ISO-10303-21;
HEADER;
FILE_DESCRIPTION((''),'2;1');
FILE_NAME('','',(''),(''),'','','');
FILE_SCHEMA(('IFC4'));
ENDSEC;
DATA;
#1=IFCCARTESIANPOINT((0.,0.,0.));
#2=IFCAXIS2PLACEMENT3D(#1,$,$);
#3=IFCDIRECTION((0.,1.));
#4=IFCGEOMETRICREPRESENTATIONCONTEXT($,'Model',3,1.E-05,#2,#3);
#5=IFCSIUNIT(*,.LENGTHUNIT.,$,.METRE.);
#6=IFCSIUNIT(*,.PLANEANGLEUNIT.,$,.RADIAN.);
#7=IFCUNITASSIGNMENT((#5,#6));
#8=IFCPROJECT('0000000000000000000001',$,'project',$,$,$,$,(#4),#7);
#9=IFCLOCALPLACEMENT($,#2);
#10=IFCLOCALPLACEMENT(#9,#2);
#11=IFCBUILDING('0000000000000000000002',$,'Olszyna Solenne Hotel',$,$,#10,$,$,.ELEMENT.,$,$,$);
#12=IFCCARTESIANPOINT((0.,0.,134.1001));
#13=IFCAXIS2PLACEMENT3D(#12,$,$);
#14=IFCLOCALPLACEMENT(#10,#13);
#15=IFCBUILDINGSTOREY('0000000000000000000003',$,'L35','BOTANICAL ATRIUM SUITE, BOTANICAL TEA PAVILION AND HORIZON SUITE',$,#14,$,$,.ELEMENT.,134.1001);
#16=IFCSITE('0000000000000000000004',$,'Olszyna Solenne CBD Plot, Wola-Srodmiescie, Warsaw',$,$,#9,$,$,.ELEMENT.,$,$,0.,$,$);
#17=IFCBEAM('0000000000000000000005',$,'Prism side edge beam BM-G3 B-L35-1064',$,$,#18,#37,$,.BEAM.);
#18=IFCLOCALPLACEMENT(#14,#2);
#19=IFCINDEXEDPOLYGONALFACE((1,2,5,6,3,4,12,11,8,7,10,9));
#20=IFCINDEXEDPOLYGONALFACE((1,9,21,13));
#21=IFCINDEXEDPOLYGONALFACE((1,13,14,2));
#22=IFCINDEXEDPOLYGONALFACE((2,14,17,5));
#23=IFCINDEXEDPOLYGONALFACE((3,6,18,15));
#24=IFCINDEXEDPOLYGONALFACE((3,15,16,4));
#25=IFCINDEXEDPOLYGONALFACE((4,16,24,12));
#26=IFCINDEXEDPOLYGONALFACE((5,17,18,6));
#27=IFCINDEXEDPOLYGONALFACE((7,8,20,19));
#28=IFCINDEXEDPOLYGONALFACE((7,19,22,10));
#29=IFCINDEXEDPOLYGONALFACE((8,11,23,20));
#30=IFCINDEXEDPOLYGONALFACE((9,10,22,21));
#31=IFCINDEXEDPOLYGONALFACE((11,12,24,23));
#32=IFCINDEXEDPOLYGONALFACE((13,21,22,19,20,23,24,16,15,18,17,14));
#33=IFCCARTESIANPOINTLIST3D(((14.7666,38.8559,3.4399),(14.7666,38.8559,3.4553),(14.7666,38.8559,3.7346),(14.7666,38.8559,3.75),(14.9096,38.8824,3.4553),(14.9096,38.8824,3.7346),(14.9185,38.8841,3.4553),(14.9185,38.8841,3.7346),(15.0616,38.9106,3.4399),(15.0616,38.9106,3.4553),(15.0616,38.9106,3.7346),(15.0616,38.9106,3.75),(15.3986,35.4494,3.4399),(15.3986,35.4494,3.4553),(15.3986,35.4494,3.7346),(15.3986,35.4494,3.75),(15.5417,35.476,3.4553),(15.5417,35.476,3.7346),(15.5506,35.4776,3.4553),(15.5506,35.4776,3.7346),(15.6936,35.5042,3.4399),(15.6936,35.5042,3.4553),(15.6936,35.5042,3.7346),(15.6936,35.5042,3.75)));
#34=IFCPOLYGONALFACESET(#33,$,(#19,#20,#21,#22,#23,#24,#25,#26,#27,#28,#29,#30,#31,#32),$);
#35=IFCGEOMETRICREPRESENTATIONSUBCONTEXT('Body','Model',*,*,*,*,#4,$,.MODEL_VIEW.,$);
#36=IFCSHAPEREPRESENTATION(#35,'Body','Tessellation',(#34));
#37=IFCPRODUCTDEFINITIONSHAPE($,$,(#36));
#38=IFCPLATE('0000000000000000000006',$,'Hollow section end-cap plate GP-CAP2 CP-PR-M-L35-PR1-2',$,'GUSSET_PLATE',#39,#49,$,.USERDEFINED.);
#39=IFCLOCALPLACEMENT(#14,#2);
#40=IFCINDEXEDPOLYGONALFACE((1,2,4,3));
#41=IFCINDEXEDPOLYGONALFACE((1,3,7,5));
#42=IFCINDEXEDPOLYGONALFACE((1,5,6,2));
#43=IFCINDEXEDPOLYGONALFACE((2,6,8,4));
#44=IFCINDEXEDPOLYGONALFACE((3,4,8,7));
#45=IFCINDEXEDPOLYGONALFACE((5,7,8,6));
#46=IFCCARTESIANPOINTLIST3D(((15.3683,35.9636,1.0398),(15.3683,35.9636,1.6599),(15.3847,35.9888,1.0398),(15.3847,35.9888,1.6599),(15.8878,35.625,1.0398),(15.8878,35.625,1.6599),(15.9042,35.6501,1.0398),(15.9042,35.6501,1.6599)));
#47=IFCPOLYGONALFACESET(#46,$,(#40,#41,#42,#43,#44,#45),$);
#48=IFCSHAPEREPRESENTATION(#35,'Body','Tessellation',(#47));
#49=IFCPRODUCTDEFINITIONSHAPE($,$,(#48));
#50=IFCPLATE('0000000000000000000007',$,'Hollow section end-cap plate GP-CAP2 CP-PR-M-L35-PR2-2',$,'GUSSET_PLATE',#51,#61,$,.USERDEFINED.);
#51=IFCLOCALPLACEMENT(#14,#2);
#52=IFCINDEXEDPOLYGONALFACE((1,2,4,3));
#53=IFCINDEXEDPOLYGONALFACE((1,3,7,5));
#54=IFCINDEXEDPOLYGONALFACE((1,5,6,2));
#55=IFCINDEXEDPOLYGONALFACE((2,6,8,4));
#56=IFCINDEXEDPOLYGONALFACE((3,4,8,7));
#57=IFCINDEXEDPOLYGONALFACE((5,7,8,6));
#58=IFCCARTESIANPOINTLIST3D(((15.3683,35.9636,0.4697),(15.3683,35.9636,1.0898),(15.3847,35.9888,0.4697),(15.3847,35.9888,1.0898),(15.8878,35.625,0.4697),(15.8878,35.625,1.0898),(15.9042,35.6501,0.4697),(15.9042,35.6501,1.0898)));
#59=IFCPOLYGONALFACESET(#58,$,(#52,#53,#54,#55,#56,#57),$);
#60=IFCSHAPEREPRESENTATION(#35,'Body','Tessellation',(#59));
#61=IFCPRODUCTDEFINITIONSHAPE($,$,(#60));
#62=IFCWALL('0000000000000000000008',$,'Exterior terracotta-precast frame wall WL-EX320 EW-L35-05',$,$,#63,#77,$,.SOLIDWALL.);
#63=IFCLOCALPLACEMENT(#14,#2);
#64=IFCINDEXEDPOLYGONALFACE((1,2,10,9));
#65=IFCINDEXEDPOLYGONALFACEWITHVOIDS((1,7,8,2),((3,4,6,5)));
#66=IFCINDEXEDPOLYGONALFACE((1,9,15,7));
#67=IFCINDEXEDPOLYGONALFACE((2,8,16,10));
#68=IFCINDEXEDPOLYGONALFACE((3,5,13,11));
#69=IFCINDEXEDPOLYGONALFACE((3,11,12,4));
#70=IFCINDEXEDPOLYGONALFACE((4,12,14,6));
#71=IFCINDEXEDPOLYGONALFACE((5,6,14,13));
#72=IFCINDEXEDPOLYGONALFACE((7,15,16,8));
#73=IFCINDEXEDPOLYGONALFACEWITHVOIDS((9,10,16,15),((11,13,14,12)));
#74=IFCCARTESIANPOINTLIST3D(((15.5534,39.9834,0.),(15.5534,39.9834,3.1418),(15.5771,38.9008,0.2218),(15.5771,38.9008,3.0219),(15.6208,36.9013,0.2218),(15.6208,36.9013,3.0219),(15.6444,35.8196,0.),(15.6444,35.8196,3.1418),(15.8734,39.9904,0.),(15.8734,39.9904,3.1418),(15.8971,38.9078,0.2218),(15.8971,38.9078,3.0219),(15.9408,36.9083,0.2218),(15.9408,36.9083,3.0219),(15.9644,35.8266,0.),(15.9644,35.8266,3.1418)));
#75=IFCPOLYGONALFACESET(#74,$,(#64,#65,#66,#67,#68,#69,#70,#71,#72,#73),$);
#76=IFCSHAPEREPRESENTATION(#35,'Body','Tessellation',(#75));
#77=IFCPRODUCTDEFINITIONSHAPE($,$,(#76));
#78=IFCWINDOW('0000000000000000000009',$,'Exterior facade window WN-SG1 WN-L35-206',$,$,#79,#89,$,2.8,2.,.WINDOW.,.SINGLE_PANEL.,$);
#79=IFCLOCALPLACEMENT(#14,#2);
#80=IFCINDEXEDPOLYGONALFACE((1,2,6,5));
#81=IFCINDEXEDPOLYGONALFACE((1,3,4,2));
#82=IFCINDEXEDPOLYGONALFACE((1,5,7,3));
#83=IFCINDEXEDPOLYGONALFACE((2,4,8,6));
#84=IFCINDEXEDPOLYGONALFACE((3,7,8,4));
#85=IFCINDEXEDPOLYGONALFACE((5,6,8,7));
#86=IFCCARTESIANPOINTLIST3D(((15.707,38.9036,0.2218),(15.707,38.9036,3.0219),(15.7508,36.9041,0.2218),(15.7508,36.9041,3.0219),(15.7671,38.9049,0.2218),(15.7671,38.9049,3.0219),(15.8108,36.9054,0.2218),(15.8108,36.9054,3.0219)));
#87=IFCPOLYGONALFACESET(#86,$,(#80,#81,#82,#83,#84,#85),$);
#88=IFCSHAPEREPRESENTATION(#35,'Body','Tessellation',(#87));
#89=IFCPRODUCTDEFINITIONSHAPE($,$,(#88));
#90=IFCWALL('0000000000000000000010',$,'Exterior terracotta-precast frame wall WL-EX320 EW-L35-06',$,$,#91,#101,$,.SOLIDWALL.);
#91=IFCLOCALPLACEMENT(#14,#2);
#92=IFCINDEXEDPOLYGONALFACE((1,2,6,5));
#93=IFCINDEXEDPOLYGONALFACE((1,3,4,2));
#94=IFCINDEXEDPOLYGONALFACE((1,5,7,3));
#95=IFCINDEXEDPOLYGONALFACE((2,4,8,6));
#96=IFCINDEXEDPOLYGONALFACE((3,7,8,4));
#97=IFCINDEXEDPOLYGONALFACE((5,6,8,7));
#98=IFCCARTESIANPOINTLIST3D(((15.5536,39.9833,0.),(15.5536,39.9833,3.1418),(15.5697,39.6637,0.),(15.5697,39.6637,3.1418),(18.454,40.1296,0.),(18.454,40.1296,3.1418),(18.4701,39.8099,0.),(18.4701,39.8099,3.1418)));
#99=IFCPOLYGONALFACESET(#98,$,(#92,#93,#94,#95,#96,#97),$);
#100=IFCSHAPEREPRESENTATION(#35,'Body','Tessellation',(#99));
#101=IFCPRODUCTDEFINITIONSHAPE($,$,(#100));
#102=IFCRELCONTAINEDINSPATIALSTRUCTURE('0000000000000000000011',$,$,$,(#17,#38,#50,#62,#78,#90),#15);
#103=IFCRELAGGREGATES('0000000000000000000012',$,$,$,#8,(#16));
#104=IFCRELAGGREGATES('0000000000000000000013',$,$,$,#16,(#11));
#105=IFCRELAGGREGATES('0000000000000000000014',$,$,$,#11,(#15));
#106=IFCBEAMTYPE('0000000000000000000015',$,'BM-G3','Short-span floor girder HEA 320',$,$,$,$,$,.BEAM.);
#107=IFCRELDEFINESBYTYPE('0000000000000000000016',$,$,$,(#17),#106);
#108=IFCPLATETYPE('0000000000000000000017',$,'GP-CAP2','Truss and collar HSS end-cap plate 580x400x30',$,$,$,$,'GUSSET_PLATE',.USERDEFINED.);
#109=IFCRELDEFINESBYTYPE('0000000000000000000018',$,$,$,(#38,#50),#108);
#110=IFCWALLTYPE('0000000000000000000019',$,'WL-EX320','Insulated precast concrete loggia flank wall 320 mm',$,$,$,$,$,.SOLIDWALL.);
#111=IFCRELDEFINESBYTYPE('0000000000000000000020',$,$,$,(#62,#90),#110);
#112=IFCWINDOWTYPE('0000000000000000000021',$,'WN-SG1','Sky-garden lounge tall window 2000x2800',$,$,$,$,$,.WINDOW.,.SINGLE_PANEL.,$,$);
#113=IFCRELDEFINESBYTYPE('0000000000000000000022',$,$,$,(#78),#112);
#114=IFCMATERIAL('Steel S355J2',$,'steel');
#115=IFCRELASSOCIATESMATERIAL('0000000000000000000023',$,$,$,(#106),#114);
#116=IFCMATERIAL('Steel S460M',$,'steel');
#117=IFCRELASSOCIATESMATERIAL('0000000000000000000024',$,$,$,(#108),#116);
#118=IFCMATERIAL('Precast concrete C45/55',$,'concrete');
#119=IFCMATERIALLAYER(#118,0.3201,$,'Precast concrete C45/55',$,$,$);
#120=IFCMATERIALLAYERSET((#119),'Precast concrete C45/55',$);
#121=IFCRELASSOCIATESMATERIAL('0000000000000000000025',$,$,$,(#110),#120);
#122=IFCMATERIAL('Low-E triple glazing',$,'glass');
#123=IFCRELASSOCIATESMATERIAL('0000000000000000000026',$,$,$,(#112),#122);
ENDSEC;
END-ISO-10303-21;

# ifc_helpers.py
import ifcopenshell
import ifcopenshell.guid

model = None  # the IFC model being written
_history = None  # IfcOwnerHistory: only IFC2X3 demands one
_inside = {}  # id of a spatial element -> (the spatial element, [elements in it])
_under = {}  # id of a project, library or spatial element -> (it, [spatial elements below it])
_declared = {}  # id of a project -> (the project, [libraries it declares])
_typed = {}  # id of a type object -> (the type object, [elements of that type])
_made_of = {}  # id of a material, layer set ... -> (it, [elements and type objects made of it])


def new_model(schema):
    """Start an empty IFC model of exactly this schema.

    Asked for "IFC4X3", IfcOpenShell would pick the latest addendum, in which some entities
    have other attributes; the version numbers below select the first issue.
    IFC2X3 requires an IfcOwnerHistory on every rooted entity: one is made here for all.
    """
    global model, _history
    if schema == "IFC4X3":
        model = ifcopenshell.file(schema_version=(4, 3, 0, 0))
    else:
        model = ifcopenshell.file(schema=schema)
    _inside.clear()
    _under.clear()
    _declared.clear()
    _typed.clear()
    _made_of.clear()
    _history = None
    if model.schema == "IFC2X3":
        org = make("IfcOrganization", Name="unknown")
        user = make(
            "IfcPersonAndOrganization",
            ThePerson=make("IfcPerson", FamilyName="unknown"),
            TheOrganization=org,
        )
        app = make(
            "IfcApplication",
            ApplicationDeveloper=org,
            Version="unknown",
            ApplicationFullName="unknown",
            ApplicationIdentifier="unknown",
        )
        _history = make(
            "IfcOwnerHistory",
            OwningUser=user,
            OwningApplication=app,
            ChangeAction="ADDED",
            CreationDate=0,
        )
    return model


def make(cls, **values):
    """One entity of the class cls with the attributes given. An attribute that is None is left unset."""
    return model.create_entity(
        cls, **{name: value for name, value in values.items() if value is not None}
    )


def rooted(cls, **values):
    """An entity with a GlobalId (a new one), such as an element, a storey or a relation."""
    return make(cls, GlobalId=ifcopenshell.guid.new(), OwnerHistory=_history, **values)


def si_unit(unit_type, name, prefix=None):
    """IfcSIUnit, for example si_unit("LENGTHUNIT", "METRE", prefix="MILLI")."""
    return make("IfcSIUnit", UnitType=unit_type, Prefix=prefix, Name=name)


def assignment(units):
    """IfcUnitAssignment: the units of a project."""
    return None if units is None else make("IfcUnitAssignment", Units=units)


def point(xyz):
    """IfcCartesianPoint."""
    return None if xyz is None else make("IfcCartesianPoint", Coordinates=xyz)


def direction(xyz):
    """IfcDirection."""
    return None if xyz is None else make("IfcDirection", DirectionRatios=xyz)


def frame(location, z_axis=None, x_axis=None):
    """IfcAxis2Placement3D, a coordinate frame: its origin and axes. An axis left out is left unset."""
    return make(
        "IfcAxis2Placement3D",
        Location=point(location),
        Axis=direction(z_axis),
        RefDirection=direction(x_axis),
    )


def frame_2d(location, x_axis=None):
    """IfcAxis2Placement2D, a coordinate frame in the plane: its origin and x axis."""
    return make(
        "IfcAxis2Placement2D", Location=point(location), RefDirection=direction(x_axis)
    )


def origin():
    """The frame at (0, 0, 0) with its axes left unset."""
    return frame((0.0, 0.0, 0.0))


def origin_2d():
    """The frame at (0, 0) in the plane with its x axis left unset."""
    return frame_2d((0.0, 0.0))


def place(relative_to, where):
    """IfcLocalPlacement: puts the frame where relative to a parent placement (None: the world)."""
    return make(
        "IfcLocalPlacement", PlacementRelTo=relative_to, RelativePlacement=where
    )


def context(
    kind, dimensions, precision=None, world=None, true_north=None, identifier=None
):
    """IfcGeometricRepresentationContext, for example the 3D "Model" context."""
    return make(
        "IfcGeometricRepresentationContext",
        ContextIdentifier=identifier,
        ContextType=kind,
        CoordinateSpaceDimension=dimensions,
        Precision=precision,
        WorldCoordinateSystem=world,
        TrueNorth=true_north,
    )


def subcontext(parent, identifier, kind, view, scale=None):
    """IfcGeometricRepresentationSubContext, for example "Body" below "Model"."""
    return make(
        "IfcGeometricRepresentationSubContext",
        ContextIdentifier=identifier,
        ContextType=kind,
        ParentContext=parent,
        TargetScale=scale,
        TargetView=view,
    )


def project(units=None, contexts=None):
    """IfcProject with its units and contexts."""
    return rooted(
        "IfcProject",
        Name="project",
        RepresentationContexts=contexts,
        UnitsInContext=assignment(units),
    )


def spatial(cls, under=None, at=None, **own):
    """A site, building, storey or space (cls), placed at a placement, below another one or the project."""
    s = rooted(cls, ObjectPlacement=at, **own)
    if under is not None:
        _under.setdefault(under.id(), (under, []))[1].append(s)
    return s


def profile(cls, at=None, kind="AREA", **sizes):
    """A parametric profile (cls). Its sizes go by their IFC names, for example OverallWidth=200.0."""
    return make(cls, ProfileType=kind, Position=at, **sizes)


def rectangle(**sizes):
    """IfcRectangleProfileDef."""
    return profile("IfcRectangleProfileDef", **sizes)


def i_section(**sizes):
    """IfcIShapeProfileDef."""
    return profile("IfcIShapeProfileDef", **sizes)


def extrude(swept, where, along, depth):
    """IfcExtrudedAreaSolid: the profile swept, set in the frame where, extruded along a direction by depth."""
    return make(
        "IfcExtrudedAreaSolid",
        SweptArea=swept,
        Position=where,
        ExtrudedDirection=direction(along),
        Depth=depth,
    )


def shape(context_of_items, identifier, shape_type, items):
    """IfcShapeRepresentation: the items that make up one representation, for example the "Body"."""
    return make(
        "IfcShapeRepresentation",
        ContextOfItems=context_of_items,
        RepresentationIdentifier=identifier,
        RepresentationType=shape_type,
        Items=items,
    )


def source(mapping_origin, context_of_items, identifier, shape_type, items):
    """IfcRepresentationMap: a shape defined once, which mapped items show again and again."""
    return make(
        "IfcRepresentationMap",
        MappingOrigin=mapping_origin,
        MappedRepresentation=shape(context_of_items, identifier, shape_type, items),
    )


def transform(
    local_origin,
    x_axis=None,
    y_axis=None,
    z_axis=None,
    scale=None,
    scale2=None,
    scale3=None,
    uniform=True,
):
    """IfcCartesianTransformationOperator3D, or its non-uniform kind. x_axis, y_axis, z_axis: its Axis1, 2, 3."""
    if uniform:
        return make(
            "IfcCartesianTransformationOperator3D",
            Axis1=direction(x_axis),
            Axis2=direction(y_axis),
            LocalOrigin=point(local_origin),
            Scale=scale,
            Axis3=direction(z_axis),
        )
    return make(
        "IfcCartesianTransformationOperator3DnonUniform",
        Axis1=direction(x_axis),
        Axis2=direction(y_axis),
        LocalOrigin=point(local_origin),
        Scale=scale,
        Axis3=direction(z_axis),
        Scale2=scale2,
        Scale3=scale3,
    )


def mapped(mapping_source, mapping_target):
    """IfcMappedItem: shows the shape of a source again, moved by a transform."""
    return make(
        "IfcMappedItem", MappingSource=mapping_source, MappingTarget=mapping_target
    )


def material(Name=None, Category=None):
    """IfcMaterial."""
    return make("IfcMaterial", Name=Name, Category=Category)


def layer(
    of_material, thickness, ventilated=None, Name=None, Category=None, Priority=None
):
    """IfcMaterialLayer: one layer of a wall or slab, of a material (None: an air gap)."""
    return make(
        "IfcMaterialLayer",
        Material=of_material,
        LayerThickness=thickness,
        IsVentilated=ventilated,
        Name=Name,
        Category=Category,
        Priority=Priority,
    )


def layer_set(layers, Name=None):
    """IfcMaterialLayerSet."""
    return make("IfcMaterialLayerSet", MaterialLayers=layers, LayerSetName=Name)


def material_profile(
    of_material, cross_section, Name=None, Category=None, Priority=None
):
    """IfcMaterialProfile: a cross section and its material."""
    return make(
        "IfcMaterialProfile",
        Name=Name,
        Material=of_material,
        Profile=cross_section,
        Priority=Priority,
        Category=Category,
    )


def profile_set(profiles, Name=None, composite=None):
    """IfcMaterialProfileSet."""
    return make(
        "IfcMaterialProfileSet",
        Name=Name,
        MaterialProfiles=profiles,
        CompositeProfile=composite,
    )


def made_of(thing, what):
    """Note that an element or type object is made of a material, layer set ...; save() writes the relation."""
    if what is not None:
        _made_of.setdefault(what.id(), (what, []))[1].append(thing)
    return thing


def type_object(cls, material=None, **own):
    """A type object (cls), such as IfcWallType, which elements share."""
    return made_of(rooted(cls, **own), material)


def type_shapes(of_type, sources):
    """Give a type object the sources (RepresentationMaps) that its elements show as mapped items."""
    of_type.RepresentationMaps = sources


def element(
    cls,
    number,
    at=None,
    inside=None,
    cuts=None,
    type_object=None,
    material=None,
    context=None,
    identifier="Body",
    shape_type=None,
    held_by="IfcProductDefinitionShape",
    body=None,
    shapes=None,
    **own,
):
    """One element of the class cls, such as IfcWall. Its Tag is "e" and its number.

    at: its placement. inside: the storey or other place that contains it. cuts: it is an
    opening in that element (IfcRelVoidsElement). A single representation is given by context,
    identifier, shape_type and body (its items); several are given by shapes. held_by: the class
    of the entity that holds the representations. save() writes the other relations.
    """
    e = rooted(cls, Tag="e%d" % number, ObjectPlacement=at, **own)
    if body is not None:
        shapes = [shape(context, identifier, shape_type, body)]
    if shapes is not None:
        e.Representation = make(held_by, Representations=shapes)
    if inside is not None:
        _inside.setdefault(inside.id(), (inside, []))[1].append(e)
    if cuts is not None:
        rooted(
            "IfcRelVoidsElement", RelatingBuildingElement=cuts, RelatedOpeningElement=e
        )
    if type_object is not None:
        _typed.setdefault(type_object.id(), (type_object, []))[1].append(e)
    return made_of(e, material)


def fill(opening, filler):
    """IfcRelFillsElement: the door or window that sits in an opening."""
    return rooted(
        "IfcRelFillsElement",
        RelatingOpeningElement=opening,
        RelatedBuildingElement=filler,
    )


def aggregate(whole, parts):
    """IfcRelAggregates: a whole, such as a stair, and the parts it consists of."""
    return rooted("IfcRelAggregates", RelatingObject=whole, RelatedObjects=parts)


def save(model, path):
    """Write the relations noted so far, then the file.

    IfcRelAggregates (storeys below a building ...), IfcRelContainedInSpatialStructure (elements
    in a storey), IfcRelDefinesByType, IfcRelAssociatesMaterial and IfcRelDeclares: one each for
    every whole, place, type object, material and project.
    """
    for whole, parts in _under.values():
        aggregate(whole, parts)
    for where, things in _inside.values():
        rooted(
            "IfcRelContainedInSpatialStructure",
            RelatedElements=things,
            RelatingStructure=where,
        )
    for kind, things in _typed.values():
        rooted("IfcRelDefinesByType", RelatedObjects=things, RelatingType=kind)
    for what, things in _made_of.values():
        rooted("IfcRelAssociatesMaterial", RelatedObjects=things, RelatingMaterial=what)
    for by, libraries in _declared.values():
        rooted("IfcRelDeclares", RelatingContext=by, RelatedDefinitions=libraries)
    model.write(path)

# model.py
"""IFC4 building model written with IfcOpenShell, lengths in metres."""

from ifc_helpers import new_model, si_unit, direction, frame, frame_2d, origin, origin_2d, place, context, subcontext, project, spatial, rectangle, i_section, extrude, source, transform, mapped, material, layer, layer_set, material_profile, profile_set, type_object, type_shapes, element, fill, save


model = new_model("IFC4")

# Units and contexts
model_context = context("Model", 3, precision=1e-05, world=origin(), true_north=direction((0.0, 1.0)))
body_context = subcontext(model_context, "Body", "Model", "MODEL_VIEW")
ifc_project = project(units=[si_unit("LENGTHUNIT", "METRE"), si_unit("PLANEANGLEUNIT", "RADIAN")], contexts=[model_context])

# Site, building, storey
site_placement = place(None, origin())
site = spatial("IfcSite", under=ifc_project, at=site_placement, Name="Olszyna Solenne CBD Plot, Wola-Srodmiescie, Warsaw", CompositionType="ELEMENT", RefElevation=0.0)
building_placement = place(site_placement, origin())
building = spatial("IfcBuilding", under=site, at=building_placement, Name="Olszyna Solenne Hotel", CompositionType="ELEMENT")
storey_placement = place(building_placement, frame((0.0, 0.0, 134.1001)))
storey = spatial("IfcBuildingStorey", under=building, at=storey_placement, Name="L35", Description="BOTANICAL ATRIUM SUITE, BOTANICAL TEA PAVILION AND HORIZON SUITE", CompositionType="ELEMENT", Elevation=134.1001)

# Shared definitions
ifc_material_1 = material(Name="Steel S460M", Category="steel")

# Beam
ifc_material_2 = material(Name="Steel S355J2", Category="steel")
ifc_material_profile_1 = material_profile(ifc_material_2, i_section(OverallWidth=0.3, OverallDepth=0.3101, WebThickness=0.009, FlangeThickness=0.0154, at=origin_2d()), Name="HEA 320", Category="load-bearing")
ifc_profile_set_1 = profile_set([ifc_material_profile_1], Name="Steel S355J2")
beam_type_1 = type_object("IfcBeamType", Name="BM-G3", Description="Short-span floor girder HEA 320", PredefinedType="BEAM", material=ifc_profile_set_1)
shared_shape_1 = source(origin(), body_context, "Body", "SweptSolid", [
    extrude(i_section(OverallWidth=0.3, OverallDepth=0.3101, WebThickness=0.009, FlangeThickness=0.0154, at=origin_2d()), origin(), (0.0, 0.0, 1.0), 3.4646),
])
beam_1_placement = place(storey_placement, frame((15.5461, 35.4768, 3.595), z_axis=(-0.182437, 0.983217, 0.0), x_axis=(-0.983217, -0.182437, 0.0)))
element("IfcBeam", 1, at=beam_1_placement, inside=storey, type_object=beam_type_1, Name="Prism side edge beam BM-G3 B-L35-1064", PredefinedType="BEAM", context=body_context, shape_type="MappedRepresentation", body=[
    mapped(shared_shape_1, transform((0.0, 0.0, 0.0), x_axis=(1.0, 0.0, 0.0), y_axis=(0.0, 1.0, 0.0), z_axis=(0.0, 0.0, 1.0), scale=1.0)),
])

# Plates
plate_type = type_object("IfcPlateType", Name="GP-CAP2", Description="Truss and collar HSS end-cap plate 580x400x30", ElementType="GUSSET_PLATE", PredefinedType="USERDEFINED", material=ifc_material_1)
shared_shape_2 = source(origin(), body_context, "Body", "SweptSolid", [
    extrude(rectangle(XDim=0.03, YDim=0.6201, at=origin_2d()), origin(), (0.0, 0.0, 1.0), 0.6201),
])
for number, where, z_axis, x_axis, name in (
    (2, (15.6362, 35.8069, 1.0398), (0.0, 0.0, 1.0), (-0.546102, -0.837719, 0.0), "Hollow section end-cap plate GP-CAP2 CP-PR-M-L35-PR1-2"),
    (3, (15.6362, 35.8069, 0.4697), (0.0, 0.0, 1.0), (-0.546102, -0.837719, 0.0), "Hollow section end-cap plate GP-CAP2 CP-PR-M-L35-PR2-2"),
):
    element("IfcPlate", number, at=place(storey_placement, frame(where, z_axis=z_axis, x_axis=x_axis)), inside=storey, type_object=plate_type, Name=name, ObjectType="GUSSET_PLATE", PredefinedType="USERDEFINED", context=body_context, shape_type="MappedRepresentation", body=[
        mapped(shared_shape_2, transform((0.0, 0.0, 0.0), x_axis=(1.0, 0.0, 0.0), y_axis=(0.0, 1.0, 0.0), z_axis=(0.0, 0.0, 1.0), scale=1.0)),
    ])

# Wall, opening, window
ifc_material_3 = material(Name="Precast concrete C45/55", Category="concrete")
ifc_layer = layer(ifc_material_3, 0.3201, Name="Precast concrete C45/55")
ifc_layer_set = layer_set([ifc_layer], Name="Precast concrete C45/55")
wall_type = type_object("IfcWallType", Name="WL-EX320", Description="Insulated precast concrete loggia flank wall 320 mm", PredefinedType="SOLIDWALL", material=ifc_layer_set)
wall_1_placement = place(storey_placement, frame((15.8044, 35.823, 0.0), z_axis=(0.0, 0.0, 1.0), x_axis=(-0.021865, 0.999761, 0.0)))
wall_1 = element("IfcWall", 4, at=wall_1_placement, inside=storey, type_object=wall_type, Name="Exterior terracotta-precast frame wall WL-EX320 EW-L35-05", PredefinedType="SOLIDWALL", context=body_context, shape_type="SweptSolid", body=[
    extrude(rectangle(XDim=4.1648, YDim=0.3201, at=frame_2d((2.0825, 0.0))), origin(), (0.0, 0.0, 1.0), 3.1418),
])
opening_placement = place(wall_1_placement, frame((1.082, 0.0, 0.2219)))
opening = element("IfcOpeningElement", 5, at=opening_placement, cuts=wall_1, PredefinedType="OPENING", context=body_context, shape_type="SweptSolid", body=[
    extrude(rectangle(XDim=2.0, YDim=2.8, at=frame_2d((1.0, 1.3999))), frame((0.0, 0.1699, 0.0), z_axis=(0.0, -1.0, 0.0), x_axis=(1.0, 0.0, 0.0)), (0.0, 0.0, 1.0), 0.3401),
])
ifc_material_4 = material(Name="Low-E triple glazing", Category="glass")
window_type = type_object("IfcWindowType", Name="WN-SG1", Description="Sky-garden lounge tall window 2000x2800", PartitioningType="SINGLE_PANEL", PredefinedType="WINDOW", material=ifc_material_4)
shared_shape_3 = source(origin(), body_context, "Body", "SweptSolid", [
    extrude(rectangle(XDim=2.0, YDim=2.8, at=frame_2d((1.0, 1.3999))), frame((0.0, 0.03, 0.0), z_axis=(0.0, -1.0, 0.0), x_axis=(1.0, 0.0, 0.0)), (0.0, 0.0, 1.0), 0.0601),
])
type_shapes(window_type, [shared_shape_3])
window_placement = place(opening_placement, origin())
window = element("IfcWindow", 6, at=window_placement, inside=storey, type_object=window_type, Name="Exterior facade window WN-SG1 WN-L35-206", OverallHeight=2.8, OverallWidth=2.0, PartitioningType="SINGLE_PANEL", PredefinedType="WINDOW", context=body_context, shape_type="MappedRepresentation", body=[
    mapped(shared_shape_3, transform((0.0, 0.0, 0.0), x_axis=(1.0, 0.0, 0.0), y_axis=(0.0, 1.0, 0.0), z_axis=(0.0, 0.0, 1.0), scale=1.0)),
])
fill(opening, window)

# Wall
wall_2_placement = place(storey_placement, frame((15.5615, 39.8235, 0.0), z_axis=(0.0, 0.0, 1.0), x_axis=(0.998731, 0.050357, 0.0)))
element("IfcWall", 7, at=wall_2_placement, inside=storey, type_object=wall_type, Name="Exterior terracotta-precast frame wall WL-EX320 EW-L35-06", PredefinedType="SOLIDWALL", context=body_context, shape_type="SweptSolid", body=[
    extrude(rectangle(XDim=2.9041, YDim=0.3201, at=frame_2d((1.4521, 0.0))), origin(), (0.0, 0.0, 1.0), 3.1418),
])

save(model, "model.ifc")
